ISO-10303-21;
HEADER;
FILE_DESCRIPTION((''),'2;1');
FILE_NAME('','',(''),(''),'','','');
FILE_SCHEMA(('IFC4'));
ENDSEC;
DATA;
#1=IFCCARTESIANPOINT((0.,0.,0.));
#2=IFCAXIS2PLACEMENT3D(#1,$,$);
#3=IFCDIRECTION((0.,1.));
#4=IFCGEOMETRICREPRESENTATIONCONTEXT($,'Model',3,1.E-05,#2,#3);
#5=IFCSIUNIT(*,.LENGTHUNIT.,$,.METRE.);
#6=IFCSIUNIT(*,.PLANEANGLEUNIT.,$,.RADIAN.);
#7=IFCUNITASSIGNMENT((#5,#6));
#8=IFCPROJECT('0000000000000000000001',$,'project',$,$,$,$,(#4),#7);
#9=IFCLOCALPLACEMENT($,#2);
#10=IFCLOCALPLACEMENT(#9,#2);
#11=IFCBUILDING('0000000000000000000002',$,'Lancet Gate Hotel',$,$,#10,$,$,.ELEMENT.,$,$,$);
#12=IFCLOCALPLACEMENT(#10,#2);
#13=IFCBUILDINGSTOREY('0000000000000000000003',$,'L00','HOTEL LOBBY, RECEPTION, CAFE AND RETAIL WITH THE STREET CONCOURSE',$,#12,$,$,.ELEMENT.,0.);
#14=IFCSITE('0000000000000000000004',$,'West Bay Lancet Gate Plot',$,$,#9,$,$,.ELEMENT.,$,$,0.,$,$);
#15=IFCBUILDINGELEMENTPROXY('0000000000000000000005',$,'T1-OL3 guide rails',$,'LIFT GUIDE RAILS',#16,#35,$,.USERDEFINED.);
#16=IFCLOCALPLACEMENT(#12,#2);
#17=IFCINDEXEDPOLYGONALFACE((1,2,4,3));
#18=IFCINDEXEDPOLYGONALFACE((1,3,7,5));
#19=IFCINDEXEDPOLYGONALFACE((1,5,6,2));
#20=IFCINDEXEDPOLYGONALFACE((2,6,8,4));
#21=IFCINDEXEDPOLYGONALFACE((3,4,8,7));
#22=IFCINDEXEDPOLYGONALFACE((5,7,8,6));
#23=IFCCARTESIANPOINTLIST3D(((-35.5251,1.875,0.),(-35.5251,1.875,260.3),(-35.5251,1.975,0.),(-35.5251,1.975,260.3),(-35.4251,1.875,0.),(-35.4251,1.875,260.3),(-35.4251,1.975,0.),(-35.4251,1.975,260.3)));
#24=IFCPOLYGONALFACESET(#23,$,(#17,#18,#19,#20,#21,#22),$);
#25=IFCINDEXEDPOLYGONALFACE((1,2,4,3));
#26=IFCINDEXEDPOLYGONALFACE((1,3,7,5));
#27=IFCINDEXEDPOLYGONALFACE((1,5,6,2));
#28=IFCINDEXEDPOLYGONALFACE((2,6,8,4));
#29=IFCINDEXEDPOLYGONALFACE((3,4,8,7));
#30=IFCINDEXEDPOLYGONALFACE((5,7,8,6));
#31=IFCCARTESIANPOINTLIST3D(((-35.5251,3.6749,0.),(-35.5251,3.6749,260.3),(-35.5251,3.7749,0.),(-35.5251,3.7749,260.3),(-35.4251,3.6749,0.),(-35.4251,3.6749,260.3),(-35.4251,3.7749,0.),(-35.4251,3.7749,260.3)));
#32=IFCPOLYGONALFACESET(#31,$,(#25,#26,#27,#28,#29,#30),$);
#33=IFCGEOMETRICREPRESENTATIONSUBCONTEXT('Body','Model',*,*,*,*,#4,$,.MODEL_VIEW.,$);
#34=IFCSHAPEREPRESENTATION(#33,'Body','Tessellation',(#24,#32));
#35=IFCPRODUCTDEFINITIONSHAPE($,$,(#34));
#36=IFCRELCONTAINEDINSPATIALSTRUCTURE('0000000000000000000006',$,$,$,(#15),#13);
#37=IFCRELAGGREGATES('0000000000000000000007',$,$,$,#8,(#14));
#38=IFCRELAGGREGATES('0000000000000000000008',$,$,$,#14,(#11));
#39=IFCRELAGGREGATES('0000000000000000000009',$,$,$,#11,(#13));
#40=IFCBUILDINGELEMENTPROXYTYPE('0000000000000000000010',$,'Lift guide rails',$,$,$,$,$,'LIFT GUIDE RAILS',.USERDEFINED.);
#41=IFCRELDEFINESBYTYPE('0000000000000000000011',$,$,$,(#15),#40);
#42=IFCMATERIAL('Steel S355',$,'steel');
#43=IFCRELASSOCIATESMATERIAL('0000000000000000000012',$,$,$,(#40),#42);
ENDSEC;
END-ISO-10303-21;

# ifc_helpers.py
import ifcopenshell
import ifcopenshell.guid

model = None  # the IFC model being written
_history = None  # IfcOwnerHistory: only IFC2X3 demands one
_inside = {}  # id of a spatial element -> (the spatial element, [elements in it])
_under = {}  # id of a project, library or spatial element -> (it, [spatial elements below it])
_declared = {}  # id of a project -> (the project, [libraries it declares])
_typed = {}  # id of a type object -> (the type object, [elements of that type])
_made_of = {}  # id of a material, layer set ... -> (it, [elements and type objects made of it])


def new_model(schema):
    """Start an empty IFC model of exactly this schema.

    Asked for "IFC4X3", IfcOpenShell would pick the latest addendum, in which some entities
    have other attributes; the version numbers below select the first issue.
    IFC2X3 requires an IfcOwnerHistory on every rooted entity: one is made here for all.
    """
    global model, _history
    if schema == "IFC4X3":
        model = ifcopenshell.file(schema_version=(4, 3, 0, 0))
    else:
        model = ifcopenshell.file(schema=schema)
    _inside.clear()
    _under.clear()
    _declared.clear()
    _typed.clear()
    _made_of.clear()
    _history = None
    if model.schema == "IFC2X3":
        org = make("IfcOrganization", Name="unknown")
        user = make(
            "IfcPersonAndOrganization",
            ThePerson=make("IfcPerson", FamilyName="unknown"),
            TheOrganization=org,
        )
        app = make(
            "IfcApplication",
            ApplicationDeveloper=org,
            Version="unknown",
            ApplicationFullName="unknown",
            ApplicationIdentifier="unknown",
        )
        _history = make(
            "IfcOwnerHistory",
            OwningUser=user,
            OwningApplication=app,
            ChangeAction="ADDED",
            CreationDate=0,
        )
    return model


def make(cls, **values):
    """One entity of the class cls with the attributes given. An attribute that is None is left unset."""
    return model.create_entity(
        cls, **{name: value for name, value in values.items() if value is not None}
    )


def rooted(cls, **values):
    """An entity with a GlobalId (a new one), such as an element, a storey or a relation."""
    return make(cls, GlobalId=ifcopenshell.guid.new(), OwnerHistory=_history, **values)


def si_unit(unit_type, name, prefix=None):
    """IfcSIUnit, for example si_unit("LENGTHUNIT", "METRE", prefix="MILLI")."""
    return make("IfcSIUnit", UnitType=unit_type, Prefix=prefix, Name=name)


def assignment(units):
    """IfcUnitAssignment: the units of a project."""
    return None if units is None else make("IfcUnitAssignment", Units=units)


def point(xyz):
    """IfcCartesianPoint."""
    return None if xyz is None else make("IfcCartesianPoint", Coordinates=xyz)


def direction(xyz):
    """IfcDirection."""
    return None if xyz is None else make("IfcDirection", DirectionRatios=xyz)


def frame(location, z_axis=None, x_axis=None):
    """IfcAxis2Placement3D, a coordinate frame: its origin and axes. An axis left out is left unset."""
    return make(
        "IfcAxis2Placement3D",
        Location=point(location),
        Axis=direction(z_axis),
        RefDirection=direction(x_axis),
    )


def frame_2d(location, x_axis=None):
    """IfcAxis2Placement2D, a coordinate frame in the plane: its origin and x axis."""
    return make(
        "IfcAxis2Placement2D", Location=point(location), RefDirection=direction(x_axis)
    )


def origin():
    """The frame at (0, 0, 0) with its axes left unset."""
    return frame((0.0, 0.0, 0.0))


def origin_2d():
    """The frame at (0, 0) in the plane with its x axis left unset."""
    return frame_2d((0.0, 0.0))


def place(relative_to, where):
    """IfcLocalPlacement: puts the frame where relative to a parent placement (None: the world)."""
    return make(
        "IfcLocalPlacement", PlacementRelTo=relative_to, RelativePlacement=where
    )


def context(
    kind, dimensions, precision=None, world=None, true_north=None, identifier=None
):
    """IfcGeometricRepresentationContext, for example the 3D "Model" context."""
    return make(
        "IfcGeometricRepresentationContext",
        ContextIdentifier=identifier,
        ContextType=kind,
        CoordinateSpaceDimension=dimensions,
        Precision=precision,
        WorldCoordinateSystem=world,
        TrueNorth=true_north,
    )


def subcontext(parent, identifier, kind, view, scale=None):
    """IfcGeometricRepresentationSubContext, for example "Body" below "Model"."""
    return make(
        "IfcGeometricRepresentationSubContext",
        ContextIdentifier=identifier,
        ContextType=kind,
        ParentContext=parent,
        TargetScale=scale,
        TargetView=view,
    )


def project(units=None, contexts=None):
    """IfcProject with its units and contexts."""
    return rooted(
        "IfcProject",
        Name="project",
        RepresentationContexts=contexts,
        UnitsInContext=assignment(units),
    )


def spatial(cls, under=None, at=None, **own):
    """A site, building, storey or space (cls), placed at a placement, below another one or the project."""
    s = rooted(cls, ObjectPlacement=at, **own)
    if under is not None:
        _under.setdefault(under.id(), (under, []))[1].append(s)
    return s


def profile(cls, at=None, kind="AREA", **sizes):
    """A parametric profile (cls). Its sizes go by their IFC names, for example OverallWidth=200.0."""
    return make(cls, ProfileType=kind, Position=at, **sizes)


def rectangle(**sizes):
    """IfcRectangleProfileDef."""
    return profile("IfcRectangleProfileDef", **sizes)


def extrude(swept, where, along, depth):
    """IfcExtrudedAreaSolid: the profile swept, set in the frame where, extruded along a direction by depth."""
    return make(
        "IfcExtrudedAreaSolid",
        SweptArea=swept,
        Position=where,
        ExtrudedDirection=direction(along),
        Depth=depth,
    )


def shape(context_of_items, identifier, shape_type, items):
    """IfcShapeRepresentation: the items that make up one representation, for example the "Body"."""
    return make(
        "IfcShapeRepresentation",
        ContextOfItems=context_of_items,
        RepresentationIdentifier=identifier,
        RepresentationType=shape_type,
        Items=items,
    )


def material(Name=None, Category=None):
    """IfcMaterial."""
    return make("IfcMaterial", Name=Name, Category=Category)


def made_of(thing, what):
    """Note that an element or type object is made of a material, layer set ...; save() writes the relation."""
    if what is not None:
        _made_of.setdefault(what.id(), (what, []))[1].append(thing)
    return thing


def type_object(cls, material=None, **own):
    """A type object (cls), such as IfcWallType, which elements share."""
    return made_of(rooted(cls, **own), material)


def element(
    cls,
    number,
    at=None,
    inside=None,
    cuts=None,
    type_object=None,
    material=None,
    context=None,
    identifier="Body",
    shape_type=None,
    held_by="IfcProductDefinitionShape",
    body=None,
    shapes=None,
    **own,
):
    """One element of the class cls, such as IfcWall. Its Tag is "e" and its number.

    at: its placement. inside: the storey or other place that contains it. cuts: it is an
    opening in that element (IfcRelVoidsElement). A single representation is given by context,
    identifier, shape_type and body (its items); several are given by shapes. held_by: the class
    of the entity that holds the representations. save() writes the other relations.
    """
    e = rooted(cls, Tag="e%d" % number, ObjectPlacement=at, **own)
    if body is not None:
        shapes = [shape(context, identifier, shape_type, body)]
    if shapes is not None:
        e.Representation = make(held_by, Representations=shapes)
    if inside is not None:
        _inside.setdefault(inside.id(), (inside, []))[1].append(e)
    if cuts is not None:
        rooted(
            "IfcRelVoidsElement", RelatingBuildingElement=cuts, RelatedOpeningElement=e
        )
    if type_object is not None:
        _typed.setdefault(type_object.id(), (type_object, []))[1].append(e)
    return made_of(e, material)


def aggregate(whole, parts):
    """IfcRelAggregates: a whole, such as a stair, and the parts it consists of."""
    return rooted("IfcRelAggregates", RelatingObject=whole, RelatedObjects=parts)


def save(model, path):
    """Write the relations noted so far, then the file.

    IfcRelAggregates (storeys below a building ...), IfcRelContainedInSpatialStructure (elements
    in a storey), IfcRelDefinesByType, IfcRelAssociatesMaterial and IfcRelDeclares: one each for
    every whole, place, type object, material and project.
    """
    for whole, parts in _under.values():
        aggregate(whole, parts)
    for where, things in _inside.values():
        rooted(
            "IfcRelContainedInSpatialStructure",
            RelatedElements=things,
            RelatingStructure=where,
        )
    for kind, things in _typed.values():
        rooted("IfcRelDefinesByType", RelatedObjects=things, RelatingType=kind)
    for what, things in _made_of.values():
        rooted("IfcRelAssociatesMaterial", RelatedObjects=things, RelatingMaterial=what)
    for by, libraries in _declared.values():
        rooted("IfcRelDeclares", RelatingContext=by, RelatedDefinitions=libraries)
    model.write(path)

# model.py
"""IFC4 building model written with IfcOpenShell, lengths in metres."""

from ifc_helpers import new_model, si_unit, direction, frame, origin, origin_2d, place, context, subcontext, project, spatial, rectangle, extrude, material, type_object, element, save


model = new_model("IFC4")

# Units and contexts
model_context = context("Model", 3, precision=1e-05, world=origin(), true_north=direction((0.0, 1.0)))
body_context = subcontext(model_context, "Body", "Model", "MODEL_VIEW")
ifc_project = project(units=[si_unit("LENGTHUNIT", "METRE"), si_unit("PLANEANGLEUNIT", "RADIAN")], contexts=[model_context])

# Site, building, storey
site_placement = place(None, origin())
site = spatial("IfcSite", under=ifc_project, at=site_placement, Name="West Bay Lancet Gate Plot", CompositionType="ELEMENT", RefElevation=0.0)
building_placement = place(site_placement, origin())
building = spatial("IfcBuilding", under=site, at=building_placement, Name="Lancet Gate Hotel", CompositionType="ELEMENT")
storey_placement = place(building_placement, origin())
storey = spatial("IfcBuildingStorey", under=building, at=storey_placement, Name="L00", Description="HOTEL LOBBY, RECEPTION, CAFE AND RETAIL WITH THE STREET CONCOURSE", CompositionType="ELEMENT", Elevation=0.0)

# Building element proxy
ifc_material_1 = material(Name="Steel S355", Category="steel")
building_element_proxy_type = type_object("IfcBuildingElementProxyType", Name="Lift guide rails", ElementType="LIFT GUIDE RAILS", PredefinedType="USERDEFINED", material=ifc_material_1)
proxy_placement = place(storey_placement, frame((-35.4751, 2.825, 0.0), z_axis=(0.0, 0.0, 1.0), x_axis=(1.0, 0.0, 0.0)))
element("IfcBuildingElementProxy", 1, at=proxy_placement, inside=storey, type_object=building_element_proxy_type, Name="T1-OL3 guide rails", ObjectType="LIFT GUIDE RAILS", PredefinedType="USERDEFINED", context=body_context, shape_type="SweptSolid", body=[
    extrude(rectangle(XDim=0.1, YDim=0.1, at=origin_2d()), frame((0.0, -0.8999, 0.0)), (0.0, 0.0, 1.0), 260.3),
    extrude(rectangle(XDim=0.1, YDim=0.1, at=origin_2d()), frame((0.0, 0.8999, 0.0)), (0.0, 0.0, 1.0), 260.3),
])

save(model, "model.ifc")
